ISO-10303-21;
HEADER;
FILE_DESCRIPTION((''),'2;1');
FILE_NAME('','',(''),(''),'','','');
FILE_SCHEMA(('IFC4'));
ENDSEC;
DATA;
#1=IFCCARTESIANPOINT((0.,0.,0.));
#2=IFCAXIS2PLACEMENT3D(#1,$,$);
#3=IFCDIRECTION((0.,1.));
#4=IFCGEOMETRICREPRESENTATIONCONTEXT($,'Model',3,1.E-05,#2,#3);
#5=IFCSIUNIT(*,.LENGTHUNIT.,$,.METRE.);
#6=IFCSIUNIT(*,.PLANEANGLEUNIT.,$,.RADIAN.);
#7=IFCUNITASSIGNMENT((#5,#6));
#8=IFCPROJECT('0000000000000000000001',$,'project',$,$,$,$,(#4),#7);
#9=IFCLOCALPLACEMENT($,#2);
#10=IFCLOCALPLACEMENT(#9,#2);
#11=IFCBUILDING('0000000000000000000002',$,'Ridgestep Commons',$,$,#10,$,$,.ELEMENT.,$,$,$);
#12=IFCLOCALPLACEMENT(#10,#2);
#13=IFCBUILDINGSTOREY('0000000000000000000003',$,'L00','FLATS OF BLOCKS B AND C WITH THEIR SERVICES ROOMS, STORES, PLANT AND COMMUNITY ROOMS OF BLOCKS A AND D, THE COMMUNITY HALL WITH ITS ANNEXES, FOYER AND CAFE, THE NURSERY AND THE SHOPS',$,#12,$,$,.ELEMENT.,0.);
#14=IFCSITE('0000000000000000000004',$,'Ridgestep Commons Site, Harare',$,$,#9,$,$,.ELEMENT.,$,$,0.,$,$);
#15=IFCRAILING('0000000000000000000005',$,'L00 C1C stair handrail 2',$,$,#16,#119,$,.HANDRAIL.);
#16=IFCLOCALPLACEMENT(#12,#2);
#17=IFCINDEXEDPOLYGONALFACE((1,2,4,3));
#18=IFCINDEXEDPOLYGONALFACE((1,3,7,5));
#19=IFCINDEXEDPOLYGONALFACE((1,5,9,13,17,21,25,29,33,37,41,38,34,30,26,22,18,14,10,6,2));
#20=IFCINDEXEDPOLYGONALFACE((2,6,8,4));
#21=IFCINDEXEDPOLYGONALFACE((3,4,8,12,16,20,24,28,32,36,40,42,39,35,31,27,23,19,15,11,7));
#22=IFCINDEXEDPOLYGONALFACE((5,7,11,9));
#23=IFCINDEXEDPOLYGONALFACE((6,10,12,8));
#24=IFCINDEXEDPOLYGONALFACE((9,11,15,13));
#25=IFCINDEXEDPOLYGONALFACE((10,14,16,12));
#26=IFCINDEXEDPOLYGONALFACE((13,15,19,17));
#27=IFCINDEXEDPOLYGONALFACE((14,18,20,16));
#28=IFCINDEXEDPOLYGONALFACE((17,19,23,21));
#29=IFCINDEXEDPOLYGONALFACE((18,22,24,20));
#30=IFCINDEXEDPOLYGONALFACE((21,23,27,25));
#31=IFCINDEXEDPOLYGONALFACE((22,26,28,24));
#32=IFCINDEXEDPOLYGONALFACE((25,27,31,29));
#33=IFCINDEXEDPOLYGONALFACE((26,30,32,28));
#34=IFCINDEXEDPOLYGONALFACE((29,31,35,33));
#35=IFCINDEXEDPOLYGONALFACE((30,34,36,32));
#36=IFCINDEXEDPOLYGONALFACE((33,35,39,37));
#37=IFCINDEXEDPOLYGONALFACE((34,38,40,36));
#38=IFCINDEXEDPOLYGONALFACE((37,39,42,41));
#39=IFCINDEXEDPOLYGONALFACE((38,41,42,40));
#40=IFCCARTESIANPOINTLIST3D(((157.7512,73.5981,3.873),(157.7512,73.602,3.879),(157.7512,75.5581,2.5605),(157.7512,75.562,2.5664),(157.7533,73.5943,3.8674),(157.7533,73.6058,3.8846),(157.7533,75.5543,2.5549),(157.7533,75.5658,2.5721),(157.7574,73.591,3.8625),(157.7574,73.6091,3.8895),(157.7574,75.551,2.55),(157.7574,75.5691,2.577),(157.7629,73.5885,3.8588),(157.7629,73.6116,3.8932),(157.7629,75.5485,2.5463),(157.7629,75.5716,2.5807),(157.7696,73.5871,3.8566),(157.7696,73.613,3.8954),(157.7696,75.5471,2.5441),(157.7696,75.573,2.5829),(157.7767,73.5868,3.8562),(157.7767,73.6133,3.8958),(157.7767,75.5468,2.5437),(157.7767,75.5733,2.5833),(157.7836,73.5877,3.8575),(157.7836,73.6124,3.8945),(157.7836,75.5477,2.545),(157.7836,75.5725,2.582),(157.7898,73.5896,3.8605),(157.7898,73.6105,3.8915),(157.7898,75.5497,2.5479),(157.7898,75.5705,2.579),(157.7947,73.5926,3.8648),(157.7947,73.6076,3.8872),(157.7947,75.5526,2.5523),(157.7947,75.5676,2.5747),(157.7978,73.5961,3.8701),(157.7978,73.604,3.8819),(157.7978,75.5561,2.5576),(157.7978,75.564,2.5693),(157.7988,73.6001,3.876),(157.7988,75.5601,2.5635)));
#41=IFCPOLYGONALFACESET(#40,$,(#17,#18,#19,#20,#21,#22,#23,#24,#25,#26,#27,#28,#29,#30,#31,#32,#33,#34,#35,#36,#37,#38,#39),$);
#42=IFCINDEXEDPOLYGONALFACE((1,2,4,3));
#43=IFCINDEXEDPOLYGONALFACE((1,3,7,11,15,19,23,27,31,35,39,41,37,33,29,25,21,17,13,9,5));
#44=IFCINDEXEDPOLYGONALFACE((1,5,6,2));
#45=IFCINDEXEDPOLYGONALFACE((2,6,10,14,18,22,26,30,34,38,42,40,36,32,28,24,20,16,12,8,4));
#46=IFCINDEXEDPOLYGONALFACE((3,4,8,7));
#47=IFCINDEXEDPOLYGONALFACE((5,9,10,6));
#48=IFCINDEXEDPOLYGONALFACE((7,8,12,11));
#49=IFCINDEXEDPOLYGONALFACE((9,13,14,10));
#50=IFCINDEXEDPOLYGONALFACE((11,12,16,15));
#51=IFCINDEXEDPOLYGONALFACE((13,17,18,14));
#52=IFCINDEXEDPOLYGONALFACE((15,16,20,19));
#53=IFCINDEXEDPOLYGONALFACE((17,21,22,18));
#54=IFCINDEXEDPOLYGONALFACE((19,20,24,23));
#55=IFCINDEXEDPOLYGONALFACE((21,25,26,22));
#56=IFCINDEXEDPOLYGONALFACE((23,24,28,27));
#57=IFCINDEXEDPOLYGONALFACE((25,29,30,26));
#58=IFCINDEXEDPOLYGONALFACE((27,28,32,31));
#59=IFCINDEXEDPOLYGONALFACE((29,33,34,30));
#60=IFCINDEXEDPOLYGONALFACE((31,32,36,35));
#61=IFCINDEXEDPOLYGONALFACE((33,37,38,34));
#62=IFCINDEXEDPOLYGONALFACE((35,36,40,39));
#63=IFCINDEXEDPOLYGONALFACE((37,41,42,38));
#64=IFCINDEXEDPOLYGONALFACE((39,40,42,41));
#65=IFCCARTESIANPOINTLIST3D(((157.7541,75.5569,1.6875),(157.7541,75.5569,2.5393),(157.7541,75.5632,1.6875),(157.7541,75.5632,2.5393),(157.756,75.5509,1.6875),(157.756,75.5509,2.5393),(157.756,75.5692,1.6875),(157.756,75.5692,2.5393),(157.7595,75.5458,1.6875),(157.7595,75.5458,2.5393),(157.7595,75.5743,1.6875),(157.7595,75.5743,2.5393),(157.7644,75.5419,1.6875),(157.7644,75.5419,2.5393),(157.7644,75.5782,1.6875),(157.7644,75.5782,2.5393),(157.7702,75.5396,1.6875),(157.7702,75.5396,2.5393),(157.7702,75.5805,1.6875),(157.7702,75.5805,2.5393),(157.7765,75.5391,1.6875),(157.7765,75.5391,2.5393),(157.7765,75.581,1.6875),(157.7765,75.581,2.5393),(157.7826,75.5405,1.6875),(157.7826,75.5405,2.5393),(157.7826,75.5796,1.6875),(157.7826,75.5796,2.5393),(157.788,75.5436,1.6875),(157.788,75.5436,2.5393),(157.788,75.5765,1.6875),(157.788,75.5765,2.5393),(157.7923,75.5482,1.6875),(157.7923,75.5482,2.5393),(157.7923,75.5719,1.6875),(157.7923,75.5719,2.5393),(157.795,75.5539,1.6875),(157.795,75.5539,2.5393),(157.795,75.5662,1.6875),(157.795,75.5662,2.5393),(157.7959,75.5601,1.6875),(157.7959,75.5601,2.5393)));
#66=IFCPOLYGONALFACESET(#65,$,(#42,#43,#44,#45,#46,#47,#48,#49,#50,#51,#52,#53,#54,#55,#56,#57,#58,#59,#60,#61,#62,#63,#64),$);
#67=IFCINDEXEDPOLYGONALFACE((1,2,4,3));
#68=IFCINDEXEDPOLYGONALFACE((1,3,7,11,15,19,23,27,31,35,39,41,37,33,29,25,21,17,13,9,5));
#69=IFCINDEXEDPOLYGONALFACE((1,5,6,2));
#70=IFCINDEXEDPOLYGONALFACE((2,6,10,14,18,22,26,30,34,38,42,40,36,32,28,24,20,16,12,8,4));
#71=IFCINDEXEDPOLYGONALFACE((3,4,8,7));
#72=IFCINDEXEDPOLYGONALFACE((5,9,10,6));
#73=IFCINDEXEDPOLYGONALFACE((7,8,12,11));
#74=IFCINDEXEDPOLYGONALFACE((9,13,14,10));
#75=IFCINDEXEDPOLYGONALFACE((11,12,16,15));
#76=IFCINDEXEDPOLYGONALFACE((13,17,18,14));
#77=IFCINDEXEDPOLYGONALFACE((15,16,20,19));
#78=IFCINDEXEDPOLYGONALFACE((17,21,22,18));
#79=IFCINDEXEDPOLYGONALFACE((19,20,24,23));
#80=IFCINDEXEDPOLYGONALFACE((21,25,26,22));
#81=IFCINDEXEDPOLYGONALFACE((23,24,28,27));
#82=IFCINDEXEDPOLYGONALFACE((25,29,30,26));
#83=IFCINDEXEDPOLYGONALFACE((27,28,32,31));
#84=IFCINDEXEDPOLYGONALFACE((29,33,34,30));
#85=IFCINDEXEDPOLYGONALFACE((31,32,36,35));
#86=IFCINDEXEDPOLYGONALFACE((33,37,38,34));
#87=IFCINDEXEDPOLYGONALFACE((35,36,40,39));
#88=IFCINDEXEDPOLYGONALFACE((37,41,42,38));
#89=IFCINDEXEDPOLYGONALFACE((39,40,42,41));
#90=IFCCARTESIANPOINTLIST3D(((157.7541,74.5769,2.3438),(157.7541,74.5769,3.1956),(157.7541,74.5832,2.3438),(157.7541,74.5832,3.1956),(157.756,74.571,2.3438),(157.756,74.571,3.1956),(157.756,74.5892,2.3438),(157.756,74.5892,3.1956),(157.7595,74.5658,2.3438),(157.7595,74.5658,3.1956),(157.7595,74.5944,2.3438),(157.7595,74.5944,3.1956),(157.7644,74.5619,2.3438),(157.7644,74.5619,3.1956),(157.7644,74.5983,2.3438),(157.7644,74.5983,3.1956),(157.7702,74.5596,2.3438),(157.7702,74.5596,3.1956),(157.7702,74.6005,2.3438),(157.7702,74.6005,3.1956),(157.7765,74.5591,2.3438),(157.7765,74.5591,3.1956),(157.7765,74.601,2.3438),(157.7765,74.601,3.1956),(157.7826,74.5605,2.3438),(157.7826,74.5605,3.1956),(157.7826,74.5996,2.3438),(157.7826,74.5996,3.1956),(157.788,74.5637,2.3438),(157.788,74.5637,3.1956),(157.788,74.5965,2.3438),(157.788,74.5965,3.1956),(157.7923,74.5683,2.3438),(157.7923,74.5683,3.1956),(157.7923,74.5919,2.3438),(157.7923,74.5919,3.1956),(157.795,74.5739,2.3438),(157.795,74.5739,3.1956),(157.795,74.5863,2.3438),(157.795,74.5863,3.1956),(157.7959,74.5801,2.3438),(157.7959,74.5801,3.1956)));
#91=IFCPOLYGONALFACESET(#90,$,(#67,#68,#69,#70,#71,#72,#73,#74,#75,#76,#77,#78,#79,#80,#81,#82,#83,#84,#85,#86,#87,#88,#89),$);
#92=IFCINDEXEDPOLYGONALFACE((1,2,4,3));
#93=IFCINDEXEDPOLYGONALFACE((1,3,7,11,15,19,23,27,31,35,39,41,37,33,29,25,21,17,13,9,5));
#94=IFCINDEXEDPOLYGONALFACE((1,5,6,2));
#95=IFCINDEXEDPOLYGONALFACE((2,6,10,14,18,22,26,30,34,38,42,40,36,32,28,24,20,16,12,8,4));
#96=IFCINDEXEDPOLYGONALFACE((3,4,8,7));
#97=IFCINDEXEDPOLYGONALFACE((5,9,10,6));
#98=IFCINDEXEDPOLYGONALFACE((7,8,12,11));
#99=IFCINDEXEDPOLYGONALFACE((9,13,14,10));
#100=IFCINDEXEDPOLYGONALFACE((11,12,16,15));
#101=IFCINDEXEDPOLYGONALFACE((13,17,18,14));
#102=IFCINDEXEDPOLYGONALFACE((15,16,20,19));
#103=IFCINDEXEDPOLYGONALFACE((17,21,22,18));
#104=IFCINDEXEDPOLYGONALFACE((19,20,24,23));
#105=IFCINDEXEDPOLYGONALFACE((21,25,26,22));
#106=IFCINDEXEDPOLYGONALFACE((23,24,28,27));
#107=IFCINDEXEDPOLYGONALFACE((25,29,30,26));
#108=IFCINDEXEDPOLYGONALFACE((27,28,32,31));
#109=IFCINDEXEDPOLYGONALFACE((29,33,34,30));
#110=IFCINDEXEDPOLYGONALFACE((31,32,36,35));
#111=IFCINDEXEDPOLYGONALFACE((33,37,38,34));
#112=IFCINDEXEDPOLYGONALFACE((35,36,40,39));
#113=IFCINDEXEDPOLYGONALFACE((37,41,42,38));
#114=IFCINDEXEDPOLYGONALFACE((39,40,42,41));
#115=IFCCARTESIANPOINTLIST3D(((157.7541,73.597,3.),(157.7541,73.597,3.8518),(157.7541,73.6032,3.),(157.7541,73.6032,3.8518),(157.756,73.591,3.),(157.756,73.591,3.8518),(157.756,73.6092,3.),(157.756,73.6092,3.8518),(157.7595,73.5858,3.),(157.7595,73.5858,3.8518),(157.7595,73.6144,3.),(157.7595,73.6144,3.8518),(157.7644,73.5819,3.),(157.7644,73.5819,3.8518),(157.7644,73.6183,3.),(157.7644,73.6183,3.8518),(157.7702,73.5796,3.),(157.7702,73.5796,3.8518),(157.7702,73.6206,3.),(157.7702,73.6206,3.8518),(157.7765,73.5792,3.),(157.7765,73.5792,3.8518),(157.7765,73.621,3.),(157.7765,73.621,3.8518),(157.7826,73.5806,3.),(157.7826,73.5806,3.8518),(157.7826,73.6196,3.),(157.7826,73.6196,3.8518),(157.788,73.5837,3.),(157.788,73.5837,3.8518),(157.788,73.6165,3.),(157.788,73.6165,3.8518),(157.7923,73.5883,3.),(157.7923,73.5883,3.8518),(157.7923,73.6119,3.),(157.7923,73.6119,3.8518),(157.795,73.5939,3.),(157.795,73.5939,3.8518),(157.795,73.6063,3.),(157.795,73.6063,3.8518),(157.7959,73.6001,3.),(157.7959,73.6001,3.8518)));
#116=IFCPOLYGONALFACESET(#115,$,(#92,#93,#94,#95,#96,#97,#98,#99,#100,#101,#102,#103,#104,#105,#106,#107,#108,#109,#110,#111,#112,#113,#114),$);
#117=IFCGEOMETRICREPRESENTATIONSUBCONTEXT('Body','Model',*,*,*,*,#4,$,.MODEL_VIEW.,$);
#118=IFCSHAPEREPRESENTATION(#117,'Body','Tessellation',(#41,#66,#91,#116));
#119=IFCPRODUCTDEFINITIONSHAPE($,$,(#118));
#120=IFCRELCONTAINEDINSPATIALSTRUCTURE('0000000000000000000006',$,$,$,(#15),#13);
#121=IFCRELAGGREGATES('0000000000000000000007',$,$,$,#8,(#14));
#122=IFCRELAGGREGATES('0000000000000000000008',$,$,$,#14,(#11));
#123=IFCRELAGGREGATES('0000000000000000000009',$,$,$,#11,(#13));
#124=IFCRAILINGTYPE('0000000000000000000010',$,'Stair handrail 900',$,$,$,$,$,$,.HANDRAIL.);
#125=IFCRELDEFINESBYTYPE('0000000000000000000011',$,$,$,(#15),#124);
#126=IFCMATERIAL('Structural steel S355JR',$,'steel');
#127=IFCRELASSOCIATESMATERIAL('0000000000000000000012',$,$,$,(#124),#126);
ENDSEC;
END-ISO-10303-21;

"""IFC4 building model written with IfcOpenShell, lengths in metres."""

from ifc_helpers import new_model, si_unit, direction, frame, origin, origin_2d, place, context, subcontext, project, spatial, circle, extrude, material, type_object, element, save


model = new_model("IFC4")

# Units and contexts
model_context = context("Model", 3, precision=1e-05, world=origin(), true_north=direction((0.0, 1.0)))
body_context = subcontext(model_context, "Body", "Model", "MODEL_VIEW")
ifc_project = project(units=[si_unit("LENGTHUNIT", "METRE"), si_unit("PLANEANGLEUNIT", "RADIAN")], contexts=[model_context])

# Site, building, storey
site_placement = place(None, origin())
site = spatial("IfcSite", under=ifc_project, at=site_placement, Name="Ridgestep Commons Site, Harare", CompositionType="ELEMENT", RefElevation=0.0)
building_placement = place(site_placement, origin())
building = spatial("IfcBuilding", under=site, at=building_placement, Name="Ridgestep Commons", CompositionType="ELEMENT")
storey_placement = place(building_placement, origin())
storey = spatial("IfcBuildingStorey", under=building, at=storey_placement, Name="L00", Description="FLATS OF BLOCKS B AND C WITH THEIR SERVICES ROOMS, STORES, PLANT AND COMMUNITY ROOMS OF BLOCKS A AND D, THE COMMUNITY HALL WITH ITS ANNEXES, FOYER AND CAFE, THE NURSERY AND THE SHOPS", CompositionType="ELEMENT", Elevation=0.0)

# Railing
ifc_material_1 = material(Name="Structural steel S355JR", Category="steel")
railing_type_1 = type_object("IfcRailingType", Name="Stair handrail 900", PredefinedType="HANDRAIL", material=ifc_material_1)
railing_1_placement = place(storey_placement, frame((157.7749, 75.5601, 1.6875)))
element("IfcRailing", 1, at=railing_1_placement, inside=storey, type_object=railing_type_1, Name="L00 C1C stair handrail 2", PredefinedType="HANDRAIL", context=body_context, shape_type="SweptSolid", body=[
    extrude(circle(Radius=0.0239, at=origin_2d()), frame((0.0, 0.0, 0.876), z_axis=(0.0, -0.830902, 0.556419), x_axis=(1.0, 0.0, 0.0)), (0.0, 0.0, 1.0), 2.3589),
    extrude(circle(Radius=0.021, at=origin_2d()), origin(), (0.0, 0.0, 1.0), 0.8518),
    extrude(circle(Radius=0.021, at=origin_2d()), frame((0.0, -0.98, 0.6562)), (0.0, 0.0, 1.0), 0.8518),
    extrude(circle(Radius=0.021, at=origin_2d()), frame((0.0, -1.96, 1.3125)), (0.0, 0.0, 1.0), 0.8518),
])

save(model, "model.ifc")
